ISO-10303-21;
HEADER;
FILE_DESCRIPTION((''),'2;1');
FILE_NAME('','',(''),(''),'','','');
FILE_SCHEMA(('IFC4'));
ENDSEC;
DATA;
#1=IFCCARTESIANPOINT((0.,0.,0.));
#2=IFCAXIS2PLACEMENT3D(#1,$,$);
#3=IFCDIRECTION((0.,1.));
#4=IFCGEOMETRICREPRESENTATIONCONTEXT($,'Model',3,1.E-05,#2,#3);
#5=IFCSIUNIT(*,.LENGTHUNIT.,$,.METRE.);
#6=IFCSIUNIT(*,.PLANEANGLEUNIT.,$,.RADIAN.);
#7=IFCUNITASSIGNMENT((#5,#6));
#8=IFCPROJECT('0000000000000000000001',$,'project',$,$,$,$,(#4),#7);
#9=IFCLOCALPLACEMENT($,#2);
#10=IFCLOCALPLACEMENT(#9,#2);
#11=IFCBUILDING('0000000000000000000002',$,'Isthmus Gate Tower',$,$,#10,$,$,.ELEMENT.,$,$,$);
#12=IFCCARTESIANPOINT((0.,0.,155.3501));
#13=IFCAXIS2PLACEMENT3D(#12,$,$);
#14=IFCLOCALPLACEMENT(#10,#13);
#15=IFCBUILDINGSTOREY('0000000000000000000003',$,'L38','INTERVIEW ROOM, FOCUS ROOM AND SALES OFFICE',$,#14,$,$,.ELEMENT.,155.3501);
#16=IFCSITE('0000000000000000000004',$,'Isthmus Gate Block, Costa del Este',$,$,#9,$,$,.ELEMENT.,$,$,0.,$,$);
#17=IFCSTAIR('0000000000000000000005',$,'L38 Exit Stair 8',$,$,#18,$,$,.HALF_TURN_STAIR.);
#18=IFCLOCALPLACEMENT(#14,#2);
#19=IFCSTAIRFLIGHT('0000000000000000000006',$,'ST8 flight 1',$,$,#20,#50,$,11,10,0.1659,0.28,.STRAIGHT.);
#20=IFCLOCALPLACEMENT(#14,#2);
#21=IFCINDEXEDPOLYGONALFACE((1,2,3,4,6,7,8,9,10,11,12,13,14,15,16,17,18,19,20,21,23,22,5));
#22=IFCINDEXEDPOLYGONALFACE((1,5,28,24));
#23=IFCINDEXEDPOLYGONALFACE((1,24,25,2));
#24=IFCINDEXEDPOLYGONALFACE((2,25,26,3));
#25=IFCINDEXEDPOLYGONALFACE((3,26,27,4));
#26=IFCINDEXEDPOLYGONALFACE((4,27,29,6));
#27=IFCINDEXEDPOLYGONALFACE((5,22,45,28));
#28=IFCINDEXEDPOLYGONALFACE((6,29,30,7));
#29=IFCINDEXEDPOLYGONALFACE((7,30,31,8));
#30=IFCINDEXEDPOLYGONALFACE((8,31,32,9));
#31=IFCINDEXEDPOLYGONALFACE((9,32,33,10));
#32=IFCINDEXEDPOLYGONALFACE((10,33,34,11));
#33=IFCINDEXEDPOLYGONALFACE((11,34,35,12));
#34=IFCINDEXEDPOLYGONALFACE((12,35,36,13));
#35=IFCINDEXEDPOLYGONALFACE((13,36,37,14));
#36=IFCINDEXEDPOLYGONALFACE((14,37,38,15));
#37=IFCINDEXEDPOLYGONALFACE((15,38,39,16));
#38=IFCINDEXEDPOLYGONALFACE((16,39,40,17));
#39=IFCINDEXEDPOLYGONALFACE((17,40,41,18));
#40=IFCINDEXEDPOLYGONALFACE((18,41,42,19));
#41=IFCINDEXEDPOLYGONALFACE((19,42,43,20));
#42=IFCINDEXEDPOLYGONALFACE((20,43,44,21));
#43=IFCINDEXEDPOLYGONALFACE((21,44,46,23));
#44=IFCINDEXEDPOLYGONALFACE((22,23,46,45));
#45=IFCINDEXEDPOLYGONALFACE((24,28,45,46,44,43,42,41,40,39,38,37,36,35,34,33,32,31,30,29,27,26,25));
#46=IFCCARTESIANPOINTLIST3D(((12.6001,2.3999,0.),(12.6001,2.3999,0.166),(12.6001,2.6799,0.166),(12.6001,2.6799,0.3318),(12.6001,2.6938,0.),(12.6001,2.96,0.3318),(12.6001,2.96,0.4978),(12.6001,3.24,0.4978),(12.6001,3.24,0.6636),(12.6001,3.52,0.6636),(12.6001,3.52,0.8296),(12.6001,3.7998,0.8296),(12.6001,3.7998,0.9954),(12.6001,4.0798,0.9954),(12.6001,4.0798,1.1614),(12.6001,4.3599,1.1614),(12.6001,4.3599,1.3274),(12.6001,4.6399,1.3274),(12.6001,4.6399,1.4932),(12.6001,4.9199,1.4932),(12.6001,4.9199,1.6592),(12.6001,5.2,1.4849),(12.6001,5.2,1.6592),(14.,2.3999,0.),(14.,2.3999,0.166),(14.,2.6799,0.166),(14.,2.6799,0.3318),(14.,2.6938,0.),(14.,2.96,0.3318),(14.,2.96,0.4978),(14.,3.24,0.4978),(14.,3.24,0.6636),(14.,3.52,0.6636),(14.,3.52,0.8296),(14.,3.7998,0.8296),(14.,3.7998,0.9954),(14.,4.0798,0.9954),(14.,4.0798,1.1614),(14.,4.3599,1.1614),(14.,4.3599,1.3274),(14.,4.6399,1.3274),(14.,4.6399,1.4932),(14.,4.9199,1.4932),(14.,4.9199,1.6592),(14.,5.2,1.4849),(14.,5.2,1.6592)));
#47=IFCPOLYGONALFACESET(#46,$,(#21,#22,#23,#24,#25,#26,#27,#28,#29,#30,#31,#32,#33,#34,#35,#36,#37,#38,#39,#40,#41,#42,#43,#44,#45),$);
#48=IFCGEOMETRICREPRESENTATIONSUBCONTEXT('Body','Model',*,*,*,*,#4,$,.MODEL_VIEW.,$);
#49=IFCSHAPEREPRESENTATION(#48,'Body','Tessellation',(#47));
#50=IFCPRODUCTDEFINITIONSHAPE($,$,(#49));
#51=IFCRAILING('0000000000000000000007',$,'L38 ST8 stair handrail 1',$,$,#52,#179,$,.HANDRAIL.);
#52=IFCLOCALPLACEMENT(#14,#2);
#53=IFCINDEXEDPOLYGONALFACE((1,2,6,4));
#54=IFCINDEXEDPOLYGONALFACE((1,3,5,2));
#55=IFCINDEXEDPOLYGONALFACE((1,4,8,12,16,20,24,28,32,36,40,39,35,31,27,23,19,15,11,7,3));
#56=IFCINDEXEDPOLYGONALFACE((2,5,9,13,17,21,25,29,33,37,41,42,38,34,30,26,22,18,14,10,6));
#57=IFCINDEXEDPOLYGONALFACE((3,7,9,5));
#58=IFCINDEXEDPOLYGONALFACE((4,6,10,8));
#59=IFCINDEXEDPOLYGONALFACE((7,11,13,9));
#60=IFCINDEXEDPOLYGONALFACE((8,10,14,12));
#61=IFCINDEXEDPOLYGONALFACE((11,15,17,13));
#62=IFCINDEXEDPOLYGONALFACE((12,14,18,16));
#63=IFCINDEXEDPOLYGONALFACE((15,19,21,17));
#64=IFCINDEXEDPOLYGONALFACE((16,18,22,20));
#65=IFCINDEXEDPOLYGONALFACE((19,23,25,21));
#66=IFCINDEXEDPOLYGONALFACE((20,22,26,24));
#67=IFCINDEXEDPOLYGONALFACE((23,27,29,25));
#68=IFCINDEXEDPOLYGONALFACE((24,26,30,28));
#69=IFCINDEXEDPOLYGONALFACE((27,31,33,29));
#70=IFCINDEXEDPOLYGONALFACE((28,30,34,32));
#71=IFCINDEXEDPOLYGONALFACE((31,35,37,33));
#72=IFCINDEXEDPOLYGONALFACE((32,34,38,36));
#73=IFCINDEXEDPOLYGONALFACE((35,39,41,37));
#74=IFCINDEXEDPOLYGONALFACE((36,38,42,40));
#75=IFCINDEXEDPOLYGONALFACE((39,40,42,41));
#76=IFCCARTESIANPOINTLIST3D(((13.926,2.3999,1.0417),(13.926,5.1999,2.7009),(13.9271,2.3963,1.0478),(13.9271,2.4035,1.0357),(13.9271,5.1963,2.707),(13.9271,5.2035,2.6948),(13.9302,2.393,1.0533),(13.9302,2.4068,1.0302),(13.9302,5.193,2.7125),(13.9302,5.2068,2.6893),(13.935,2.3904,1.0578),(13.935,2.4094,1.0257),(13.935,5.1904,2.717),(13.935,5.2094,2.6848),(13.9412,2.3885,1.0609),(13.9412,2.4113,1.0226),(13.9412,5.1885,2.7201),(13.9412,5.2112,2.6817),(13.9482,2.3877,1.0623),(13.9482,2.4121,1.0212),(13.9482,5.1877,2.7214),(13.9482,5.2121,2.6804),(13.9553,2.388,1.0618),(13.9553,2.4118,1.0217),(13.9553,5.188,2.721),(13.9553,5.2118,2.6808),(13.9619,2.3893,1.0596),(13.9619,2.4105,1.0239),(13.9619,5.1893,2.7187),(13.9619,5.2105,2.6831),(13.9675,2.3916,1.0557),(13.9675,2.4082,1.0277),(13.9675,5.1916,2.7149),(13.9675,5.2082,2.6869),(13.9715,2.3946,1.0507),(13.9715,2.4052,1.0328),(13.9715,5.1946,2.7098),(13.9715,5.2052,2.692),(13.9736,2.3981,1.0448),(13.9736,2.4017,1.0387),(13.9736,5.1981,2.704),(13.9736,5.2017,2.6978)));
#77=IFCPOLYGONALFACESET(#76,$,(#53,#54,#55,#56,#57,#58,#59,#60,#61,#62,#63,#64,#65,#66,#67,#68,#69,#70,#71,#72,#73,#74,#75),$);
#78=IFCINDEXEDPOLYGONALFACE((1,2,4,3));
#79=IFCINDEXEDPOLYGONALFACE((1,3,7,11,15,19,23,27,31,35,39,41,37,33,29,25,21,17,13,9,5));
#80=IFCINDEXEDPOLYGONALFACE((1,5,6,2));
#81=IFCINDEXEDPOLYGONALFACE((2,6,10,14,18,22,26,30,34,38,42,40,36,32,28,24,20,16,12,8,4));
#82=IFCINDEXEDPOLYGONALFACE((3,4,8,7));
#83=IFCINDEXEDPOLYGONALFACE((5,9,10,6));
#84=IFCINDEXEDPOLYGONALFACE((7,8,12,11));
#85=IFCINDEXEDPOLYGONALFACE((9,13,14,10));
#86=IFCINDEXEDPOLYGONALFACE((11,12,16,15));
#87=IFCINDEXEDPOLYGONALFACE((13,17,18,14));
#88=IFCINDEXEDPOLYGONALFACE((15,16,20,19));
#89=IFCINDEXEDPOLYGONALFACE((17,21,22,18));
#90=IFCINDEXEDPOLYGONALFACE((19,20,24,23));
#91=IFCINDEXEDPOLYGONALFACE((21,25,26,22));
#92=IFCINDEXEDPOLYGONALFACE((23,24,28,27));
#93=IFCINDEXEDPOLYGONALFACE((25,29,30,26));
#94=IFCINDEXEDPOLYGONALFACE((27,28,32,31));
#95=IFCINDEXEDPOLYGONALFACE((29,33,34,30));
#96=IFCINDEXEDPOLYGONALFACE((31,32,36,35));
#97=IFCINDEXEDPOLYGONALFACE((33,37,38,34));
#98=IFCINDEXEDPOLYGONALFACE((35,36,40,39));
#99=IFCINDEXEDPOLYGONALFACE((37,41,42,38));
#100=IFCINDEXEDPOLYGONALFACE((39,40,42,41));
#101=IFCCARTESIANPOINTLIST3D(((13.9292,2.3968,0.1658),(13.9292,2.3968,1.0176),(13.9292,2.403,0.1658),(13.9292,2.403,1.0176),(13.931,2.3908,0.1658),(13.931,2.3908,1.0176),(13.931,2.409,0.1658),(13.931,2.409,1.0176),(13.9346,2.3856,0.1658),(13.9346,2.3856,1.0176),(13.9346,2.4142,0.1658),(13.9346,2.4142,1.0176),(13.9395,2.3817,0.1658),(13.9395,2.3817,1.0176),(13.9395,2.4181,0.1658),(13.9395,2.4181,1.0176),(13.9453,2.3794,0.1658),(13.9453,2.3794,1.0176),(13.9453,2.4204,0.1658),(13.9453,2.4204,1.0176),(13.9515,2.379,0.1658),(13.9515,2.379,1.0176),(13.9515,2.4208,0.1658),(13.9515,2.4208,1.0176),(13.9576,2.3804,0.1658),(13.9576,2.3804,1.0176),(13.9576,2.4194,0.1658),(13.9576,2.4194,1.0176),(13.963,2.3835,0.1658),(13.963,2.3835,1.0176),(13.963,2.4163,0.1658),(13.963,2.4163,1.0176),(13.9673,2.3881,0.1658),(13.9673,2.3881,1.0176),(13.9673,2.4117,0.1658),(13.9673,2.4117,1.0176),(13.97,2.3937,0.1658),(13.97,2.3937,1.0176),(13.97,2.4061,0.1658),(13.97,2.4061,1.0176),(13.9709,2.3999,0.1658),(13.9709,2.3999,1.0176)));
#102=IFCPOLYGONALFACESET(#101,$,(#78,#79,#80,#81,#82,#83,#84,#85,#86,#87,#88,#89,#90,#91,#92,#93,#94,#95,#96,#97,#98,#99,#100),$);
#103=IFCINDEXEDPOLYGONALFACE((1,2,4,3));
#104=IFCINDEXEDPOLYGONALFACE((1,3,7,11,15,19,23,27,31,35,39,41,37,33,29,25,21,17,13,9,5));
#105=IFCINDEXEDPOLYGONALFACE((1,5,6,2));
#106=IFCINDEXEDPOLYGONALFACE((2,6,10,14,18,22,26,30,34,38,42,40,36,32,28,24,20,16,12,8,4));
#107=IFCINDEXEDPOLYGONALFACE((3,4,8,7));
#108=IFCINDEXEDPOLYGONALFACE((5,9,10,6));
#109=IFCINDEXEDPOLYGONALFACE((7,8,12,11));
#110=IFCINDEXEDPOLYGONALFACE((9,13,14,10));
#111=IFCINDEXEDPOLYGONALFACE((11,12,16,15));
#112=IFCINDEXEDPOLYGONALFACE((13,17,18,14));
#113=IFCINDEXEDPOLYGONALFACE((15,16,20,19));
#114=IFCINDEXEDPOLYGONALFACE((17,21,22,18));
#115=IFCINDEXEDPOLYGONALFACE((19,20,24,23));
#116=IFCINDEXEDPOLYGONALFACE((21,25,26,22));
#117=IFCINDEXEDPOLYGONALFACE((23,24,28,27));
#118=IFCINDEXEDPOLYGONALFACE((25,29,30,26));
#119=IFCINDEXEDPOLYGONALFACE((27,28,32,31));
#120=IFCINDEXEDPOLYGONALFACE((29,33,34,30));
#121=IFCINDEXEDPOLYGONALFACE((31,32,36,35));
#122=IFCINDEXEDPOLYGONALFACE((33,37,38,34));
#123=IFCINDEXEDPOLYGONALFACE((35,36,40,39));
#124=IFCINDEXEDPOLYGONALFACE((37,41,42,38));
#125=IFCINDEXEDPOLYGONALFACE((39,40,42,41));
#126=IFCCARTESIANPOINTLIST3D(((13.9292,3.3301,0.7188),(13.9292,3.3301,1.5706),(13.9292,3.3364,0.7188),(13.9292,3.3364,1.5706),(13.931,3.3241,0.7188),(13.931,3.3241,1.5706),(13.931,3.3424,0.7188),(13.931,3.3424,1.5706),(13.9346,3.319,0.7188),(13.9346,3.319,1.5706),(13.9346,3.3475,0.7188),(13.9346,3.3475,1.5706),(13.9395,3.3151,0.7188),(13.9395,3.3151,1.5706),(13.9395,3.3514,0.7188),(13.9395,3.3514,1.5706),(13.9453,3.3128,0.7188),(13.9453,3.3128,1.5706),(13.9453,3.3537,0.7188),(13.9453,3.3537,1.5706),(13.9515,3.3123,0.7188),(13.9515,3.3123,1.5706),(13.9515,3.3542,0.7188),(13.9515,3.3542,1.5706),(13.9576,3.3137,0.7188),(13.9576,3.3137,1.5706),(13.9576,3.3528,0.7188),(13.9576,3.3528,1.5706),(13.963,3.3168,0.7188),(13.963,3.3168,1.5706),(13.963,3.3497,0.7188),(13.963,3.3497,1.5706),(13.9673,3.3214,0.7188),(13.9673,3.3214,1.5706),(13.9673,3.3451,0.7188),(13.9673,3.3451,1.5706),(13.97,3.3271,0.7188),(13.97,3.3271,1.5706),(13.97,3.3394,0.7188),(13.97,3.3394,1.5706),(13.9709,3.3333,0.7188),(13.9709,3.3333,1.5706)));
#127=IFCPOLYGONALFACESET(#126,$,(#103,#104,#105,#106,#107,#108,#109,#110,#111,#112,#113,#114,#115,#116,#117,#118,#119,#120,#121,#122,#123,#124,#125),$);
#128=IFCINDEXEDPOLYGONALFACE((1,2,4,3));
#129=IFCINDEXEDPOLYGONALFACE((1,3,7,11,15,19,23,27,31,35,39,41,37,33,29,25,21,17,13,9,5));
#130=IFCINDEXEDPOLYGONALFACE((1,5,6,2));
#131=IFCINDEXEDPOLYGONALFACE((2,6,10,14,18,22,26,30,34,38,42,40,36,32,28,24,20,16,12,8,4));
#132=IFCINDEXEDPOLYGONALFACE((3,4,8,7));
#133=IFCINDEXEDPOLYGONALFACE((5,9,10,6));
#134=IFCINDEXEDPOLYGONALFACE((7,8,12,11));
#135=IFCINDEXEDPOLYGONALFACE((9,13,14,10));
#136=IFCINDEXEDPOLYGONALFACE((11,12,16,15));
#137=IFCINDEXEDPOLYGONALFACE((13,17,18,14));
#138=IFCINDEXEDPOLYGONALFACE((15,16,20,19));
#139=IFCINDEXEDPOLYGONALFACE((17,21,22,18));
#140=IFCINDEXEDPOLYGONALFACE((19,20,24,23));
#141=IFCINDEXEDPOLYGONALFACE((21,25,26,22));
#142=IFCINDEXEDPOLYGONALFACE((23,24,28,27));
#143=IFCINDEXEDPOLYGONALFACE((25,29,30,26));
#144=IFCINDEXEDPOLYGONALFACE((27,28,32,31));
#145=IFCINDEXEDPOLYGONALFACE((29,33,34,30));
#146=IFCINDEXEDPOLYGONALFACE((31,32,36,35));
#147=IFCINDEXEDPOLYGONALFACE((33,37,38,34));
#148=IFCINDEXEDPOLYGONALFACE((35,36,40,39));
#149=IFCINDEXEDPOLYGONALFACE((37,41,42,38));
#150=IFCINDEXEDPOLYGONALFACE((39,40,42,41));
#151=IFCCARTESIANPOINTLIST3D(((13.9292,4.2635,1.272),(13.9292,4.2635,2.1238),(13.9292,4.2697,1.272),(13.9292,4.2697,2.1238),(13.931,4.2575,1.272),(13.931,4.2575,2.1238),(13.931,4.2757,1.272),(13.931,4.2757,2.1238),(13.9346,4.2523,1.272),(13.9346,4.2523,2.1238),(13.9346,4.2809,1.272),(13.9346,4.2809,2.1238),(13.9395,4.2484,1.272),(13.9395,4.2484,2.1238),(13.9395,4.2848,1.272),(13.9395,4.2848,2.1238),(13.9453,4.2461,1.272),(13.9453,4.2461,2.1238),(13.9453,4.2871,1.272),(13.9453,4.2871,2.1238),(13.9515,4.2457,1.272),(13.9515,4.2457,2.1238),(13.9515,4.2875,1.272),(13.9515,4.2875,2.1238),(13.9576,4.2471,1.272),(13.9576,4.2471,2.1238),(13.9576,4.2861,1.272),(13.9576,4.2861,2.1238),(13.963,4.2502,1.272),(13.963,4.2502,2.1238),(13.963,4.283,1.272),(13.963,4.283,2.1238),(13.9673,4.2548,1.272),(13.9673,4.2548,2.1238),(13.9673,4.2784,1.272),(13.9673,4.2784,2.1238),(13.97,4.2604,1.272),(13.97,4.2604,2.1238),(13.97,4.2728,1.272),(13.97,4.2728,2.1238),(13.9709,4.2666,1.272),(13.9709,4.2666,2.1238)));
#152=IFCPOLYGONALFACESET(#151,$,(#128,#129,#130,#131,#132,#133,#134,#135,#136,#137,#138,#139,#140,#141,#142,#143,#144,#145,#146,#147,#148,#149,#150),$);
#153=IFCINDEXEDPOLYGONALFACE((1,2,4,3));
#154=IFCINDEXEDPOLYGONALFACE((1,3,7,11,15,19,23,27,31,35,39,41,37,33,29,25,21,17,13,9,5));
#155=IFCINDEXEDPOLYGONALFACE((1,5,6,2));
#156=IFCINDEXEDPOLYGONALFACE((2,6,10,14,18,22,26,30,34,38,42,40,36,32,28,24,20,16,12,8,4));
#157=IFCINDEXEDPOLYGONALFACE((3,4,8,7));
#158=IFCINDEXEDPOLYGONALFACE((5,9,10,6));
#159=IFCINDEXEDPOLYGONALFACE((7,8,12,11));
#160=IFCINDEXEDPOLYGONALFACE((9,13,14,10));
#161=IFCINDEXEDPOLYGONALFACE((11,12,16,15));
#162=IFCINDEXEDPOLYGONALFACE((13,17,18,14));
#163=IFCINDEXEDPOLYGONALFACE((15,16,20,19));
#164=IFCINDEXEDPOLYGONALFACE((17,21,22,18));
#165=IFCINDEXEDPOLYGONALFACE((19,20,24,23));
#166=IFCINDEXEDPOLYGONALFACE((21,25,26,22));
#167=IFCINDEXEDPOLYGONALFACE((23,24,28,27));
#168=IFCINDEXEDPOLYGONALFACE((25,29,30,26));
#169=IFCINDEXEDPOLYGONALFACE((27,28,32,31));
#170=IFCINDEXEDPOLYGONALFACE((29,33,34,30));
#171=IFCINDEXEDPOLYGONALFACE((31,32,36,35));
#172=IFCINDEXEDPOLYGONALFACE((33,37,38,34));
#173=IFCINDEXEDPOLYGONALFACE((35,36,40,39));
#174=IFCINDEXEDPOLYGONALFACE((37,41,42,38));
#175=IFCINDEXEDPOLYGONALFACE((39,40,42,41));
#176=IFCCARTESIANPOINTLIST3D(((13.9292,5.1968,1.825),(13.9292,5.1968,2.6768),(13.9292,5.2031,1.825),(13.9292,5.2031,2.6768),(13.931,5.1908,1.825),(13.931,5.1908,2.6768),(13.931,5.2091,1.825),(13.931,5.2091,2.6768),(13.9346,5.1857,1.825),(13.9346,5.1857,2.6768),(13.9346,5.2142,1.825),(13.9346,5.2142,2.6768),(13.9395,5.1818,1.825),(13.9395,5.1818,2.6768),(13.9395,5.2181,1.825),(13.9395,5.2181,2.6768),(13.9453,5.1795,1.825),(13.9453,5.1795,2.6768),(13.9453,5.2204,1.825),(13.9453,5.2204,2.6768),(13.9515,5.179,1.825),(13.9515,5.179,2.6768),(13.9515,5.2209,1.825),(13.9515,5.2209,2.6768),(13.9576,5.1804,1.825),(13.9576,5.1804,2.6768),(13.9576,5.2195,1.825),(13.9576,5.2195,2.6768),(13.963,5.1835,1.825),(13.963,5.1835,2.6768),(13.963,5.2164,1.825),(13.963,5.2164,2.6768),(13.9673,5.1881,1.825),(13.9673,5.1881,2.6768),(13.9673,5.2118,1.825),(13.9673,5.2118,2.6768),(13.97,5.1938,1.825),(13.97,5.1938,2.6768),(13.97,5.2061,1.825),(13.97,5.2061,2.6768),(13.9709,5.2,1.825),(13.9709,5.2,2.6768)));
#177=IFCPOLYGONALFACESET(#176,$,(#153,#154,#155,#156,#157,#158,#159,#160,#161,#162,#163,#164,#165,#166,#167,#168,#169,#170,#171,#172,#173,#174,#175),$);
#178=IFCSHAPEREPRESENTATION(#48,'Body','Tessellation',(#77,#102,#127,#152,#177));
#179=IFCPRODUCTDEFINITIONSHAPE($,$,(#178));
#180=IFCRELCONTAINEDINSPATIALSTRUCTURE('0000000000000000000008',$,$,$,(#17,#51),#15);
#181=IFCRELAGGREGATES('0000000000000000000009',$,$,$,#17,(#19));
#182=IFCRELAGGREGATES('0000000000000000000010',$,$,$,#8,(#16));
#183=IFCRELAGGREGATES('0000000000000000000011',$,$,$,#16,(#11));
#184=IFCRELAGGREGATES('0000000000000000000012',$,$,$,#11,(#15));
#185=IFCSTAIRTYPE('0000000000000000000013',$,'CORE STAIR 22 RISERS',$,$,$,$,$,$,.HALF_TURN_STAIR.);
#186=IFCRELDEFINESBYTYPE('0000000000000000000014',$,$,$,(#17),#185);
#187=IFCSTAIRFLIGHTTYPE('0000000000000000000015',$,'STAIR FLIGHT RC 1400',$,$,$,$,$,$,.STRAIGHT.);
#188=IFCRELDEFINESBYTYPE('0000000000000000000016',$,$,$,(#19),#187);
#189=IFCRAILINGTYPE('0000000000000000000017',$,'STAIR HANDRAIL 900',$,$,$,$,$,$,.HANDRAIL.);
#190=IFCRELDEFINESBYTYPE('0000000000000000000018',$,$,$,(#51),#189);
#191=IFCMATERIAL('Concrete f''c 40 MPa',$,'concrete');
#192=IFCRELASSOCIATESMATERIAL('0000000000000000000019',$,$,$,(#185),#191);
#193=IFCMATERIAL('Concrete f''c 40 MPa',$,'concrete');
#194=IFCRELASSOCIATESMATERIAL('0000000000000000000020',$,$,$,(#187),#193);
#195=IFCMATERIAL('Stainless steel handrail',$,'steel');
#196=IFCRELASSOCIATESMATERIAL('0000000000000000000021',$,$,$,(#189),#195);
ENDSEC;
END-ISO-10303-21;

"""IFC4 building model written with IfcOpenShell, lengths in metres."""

from ifc_helpers import new_model, si_unit, direction, frame, origin, origin_2d, place, context, subcontext, project, spatial, polyline, circle, outline, extrude, material, type_object, element, aggregate, save


model = new_model("IFC4")

# Units and contexts
model_context = context("Model", 3, precision=1e-05, world=origin(), true_north=direction((0.0, 1.0)))
body_context = subcontext(model_context, "Body", "Model", "MODEL_VIEW")
ifc_project = project(units=[si_unit("LENGTHUNIT", "METRE"), si_unit("PLANEANGLEUNIT", "RADIAN")], contexts=[model_context])

# Site, building, storey
site_placement = place(None, origin())
site = spatial("IfcSite", under=ifc_project, at=site_placement, Name="Isthmus Gate Block, Costa del Este", CompositionType="ELEMENT", RefElevation=0.0)
building_placement = place(site_placement, origin())
building = spatial("IfcBuilding", under=site, at=building_placement, Name="Isthmus Gate Tower", CompositionType="ELEMENT")
storey_placement = place(building_placement, frame((0.0, 0.0, 155.3501)))
storey = spatial("IfcBuildingStorey", under=building, at=storey_placement, Name="L38", Description="INTERVIEW ROOM, FOCUS ROOM AND SALES OFFICE", CompositionType="ELEMENT", Elevation=155.3501)

# Stair, stair flight
ifc_material_1 = material(Name="Concrete f'c 40 MPa", Category="concrete")
stair_type = type_object("IfcStairType", Name="CORE STAIR 22 RISERS", PredefinedType="HALF_TURN_STAIR", material=ifc_material_1)
stair_placement = place(storey_placement, origin())
stair = element("IfcStair", 1, at=stair_placement, inside=storey, type_object=stair_type, Name="L38 Exit Stair 8", PredefinedType="HALF_TURN_STAIR")
ifc_material_2 = material(Name="Concrete f'c 40 MPa", Category="concrete")
stair_flight_type = type_object("IfcStairFlightType", Name="STAIR FLIGHT RC 1400", PredefinedType="STRAIGHT", material=ifc_material_2)
stair_flight_placement = place(storey_placement, frame((13.3, 2.3999, 0.0), z_axis=(0.0, 0.0, 1.0), x_axis=(0.0, 1.0, 0.0)))
stair_flight = element("IfcStairFlight", 2, at=stair_flight_placement, type_object=stair_flight_type, Name="ST8 flight 1", NumberOfRisers=11, NumberOfTreads=10, PredefinedType="STRAIGHT", RiserHeight=0.1659, TreadLength=0.28, context=body_context, shape_type="SweptSolid", body=[
    extrude(outline(polyline([(0.0, 0.0), (0.0, 0.166), (0.28, 0.166), (0.28, 0.3318), (0.5601, 0.3318), (0.5601, 0.4978), (0.8401, 0.4978), (0.8401, 0.6636), (1.1201, 0.6636), (1.1201, 0.8296), (1.3999, 0.8296), (1.3999, 0.9954), (1.6799, 0.9954), (1.6799, 1.1614), (1.96, 1.1614), (1.96, 1.3274), (2.24, 1.3274), (2.24, 1.4932), (2.52, 1.4932), (2.52, 1.6592), (2.8, 1.6592), (2.8, 1.825), (2.8, 1.4849), (0.2939, 0.0), (0.0, 0.0)])), frame((0.0, 0.7, 0.0), z_axis=(0.0, -1.0, 0.0), x_axis=(1.0, 0.0, 0.0)), (0.0, 0.0, 1.0), 1.3999),
])
aggregate(stair, [stair_flight])

# Railing
ifc_material_3 = material(Name="Stainless steel handrail", Category="steel")
railing_type = type_object("IfcRailingType", Name="STAIR HANDRAIL 900", PredefinedType="HANDRAIL", material=ifc_material_3)
railing_placement = place(storey_placement, frame((13.95, 2.3999, 0.1658)))
element("IfcRailing", 3, at=railing_placement, inside=storey, type_object=railing_type, Name="L38 ST8 stair handrail 1", PredefinedType="HANDRAIL", context=body_context, shape_type="SweptSolid", body=[
    extrude(circle(Radius=0.0239, at=origin_2d()), frame((0.0, 0.0, 0.876), z_axis=(0.0, 0.860306, 0.509778), x_axis=(-1.0, 0.0, 0.0)), (0.0, 0.0, 1.0), 3.2546),
    extrude(circle(Radius=0.021, at=origin_2d()), origin(), (0.0, 0.0, 1.0), 0.8518),
    extrude(circle(Radius=0.021, at=origin_2d()), frame((0.0, 0.9333, 0.553)), (0.0, 0.0, 1.0), 0.8518),
    extrude(circle(Radius=0.021, at=origin_2d()), frame((0.0, 1.8667, 1.1062)), (0.0, 0.0, 1.0), 0.8518),
    extrude(circle(Radius=0.021, at=origin_2d()), frame((0.0, 2.8, 1.6592)), (0.0, 0.0, 1.0), 0.8518),
])

save(model, "model.ifc")
